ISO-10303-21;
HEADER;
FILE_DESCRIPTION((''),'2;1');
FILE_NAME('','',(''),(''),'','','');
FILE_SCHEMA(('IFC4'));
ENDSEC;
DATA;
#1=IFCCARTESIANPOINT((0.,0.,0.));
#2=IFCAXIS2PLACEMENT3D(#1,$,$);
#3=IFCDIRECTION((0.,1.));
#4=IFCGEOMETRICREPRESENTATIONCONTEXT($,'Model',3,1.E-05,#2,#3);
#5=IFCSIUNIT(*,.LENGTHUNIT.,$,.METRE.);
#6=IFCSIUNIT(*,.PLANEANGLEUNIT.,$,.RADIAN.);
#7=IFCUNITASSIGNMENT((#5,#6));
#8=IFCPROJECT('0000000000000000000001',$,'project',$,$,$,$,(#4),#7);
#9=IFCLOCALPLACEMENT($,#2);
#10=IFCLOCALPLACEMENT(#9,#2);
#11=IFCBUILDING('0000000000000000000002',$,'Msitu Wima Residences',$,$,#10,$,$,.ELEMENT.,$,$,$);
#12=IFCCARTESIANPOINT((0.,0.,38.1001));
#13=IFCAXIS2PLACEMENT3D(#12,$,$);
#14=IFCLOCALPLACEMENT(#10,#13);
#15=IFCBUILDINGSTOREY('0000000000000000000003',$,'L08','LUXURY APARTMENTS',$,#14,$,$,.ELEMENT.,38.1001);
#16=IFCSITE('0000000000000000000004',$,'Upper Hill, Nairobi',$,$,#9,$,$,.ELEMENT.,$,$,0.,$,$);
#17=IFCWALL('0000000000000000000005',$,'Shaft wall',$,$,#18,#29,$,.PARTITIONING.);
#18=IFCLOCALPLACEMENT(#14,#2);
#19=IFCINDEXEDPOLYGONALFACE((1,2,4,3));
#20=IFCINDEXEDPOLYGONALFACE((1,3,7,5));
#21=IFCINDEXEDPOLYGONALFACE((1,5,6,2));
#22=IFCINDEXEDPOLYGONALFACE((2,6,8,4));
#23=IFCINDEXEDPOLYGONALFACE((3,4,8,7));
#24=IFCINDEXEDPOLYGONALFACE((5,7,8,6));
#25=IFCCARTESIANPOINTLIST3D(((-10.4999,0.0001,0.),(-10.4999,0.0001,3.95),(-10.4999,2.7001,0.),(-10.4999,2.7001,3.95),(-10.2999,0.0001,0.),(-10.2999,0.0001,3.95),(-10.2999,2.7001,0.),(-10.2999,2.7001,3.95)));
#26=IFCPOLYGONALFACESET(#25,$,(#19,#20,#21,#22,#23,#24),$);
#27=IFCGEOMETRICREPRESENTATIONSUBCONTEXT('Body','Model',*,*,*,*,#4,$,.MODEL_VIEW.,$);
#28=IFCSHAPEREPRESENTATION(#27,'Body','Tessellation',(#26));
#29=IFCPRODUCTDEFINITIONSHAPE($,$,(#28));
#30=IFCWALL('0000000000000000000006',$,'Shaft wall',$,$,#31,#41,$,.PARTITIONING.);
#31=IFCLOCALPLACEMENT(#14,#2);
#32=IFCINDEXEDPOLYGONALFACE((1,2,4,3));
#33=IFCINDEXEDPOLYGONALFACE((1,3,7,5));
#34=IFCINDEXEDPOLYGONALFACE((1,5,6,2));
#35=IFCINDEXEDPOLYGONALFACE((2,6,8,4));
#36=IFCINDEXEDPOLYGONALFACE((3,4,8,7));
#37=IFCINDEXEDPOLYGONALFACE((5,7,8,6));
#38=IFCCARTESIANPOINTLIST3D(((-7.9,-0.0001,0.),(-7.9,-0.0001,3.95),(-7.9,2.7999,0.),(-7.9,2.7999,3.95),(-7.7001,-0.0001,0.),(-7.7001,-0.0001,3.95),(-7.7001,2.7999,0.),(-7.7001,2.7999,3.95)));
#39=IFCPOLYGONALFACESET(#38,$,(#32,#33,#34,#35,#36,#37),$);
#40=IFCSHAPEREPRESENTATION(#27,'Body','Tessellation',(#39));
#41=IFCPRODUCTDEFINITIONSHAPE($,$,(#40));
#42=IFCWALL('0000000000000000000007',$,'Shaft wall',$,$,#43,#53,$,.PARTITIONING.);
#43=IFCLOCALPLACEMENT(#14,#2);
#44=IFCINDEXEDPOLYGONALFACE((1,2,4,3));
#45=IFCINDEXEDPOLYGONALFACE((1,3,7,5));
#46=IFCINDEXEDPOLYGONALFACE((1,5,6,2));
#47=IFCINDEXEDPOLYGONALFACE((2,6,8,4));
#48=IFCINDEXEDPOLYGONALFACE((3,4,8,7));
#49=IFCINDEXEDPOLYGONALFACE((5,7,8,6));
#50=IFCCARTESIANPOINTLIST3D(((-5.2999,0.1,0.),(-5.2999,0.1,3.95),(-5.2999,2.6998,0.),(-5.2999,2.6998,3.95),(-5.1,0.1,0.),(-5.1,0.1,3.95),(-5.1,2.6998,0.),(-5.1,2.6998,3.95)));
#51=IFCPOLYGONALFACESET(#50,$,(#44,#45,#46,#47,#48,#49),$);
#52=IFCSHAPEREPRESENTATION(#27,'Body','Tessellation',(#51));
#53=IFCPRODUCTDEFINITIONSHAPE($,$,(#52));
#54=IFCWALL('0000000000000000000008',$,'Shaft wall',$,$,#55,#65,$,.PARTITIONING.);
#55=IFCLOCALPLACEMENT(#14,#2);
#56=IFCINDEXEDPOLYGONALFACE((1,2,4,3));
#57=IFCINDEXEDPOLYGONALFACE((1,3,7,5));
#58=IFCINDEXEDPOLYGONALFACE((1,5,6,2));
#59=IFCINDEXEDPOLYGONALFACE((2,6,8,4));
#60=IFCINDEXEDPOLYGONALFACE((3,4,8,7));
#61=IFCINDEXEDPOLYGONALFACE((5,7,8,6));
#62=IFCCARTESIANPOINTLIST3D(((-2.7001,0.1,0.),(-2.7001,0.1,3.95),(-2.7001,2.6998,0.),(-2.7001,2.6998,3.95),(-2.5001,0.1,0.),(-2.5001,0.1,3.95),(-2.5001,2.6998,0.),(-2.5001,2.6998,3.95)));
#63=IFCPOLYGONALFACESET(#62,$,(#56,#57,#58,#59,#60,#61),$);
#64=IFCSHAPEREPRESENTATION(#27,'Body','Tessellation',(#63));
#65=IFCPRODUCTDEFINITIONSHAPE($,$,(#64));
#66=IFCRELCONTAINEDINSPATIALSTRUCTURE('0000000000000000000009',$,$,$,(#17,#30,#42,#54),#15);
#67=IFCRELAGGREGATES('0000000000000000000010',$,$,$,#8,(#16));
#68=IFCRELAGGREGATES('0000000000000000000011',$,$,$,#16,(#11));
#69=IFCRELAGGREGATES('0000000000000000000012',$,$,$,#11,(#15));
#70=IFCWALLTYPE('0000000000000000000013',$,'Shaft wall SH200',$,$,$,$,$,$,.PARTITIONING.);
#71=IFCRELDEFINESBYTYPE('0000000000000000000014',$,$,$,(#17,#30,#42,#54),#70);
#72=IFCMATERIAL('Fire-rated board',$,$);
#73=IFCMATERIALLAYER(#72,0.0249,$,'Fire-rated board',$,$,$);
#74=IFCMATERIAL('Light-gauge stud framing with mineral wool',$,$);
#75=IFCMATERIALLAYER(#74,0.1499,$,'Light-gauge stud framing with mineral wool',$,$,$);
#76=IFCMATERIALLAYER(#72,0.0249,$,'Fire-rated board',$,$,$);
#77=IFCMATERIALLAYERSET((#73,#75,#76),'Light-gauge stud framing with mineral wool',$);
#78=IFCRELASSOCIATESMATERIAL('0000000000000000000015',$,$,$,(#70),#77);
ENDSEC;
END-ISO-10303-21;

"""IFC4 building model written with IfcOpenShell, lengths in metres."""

from ifc_helpers import new_model, si_unit, direction, frame, frame_2d, origin, place, context, subcontext, project, spatial, rectangle, extrude, material, layer, layer_set, type_object, element, save


model = new_model("IFC4")

# Units and contexts
model_context = context("Model", 3, precision=1e-05, world=origin(), true_north=direction((0.0, 1.0)))
body_context = subcontext(model_context, "Body", "Model", "MODEL_VIEW")
ifc_project = project(units=[si_unit("LENGTHUNIT", "METRE"), si_unit("PLANEANGLEUNIT", "RADIAN")], contexts=[model_context])

# Site, building, storey
site_placement = place(None, origin())
site = spatial("IfcSite", under=ifc_project, at=site_placement, Name="Upper Hill, Nairobi", CompositionType="ELEMENT", RefElevation=0.0)
building_placement = place(site_placement, origin())
building = spatial("IfcBuilding", under=site, at=building_placement, Name="Msitu Wima Residences", CompositionType="ELEMENT")
storey_placement = place(building_placement, frame((0.0, 0.0, 38.1001)))
storey = spatial("IfcBuildingStorey", under=building, at=storey_placement, Name="L08", Description="LUXURY APARTMENTS", CompositionType="ELEMENT", Elevation=38.1001)

# Shared definitions
ifc_material_1 = material(Name="Fire-rated board")
ifc_layer_1 = layer(ifc_material_1, 0.0249, Name="Fire-rated board")
ifc_material_2 = material(Name="Light-gauge stud framing with mineral wool")
ifc_layer_2 = layer(ifc_material_2, 0.1499, Name="Light-gauge stud framing with mineral wool")
ifc_layer_3 = layer(ifc_material_1, 0.0249, Name="Fire-rated board")
ifc_layer_set_1 = layer_set([ifc_layer_1, ifc_layer_2, ifc_layer_3], Name="Light-gauge stud framing with mineral wool")
wall_type_1 = type_object("IfcWallType", Name="Shaft wall SH200", PredefinedType="PARTITIONING", material=ifc_layer_set_1)

# Walls
wall_1_placement = place(storey_placement, frame((-10.3999, 0.0, 0.0), z_axis=(0.0, 0.0, 1.0), x_axis=(0.0, 1.0, 0.0)))
element("IfcWall", 1, at=wall_1_placement, inside=storey, type_object=wall_type_1, Name="Shaft wall", PredefinedType="PARTITIONING", context=body_context, shape_type="SweptSolid", body=[
    extrude(rectangle(XDim=2.7, YDim=0.2, at=frame_2d((1.3501, 0.0))), origin(), (0.0, 0.0, 1.0), 3.95),
])
wall_2_placement = place(storey_placement, frame((-7.8, 0.0, 0.0), z_axis=(0.0, 0.0, 1.0), x_axis=(0.0, 1.0, 0.0)))
element("IfcWall", 2, at=wall_2_placement, inside=storey, type_object=wall_type_1, Name="Shaft wall", PredefinedType="PARTITIONING", context=body_context, shape_type="SweptSolid", body=[
    extrude(rectangle(XDim=2.8, YDim=0.2, at=frame_2d((1.3999, 0.0))), origin(), (0.0, 0.0, 1.0), 3.95),
])
for number, where, z_axis, x_axis, name in (
    (3, (-5.2, 0.1001, 0.0), (0.0, 0.0, 1.0), (0.0, 1.0, 0.0), "Shaft wall"),
    (4, (-2.6001, 0.1001, 0.0), (0.0, 0.0, 1.0), (0.0, 1.0, 0.0), "Shaft wall"),
):
    element("IfcWall", number, at=place(storey_placement, frame(where, z_axis=z_axis, x_axis=x_axis)), inside=storey, type_object=wall_type_1, Name=name, PredefinedType="PARTITIONING", context=body_context, shape_type="SweptSolid", body=[
        extrude(rectangle(XDim=2.5999, YDim=0.2, at=frame_2d((1.2998, 0.0))), origin(), (0.0, 0.0, 1.0), 3.95),
    ])

save(model, "model.ifc")
